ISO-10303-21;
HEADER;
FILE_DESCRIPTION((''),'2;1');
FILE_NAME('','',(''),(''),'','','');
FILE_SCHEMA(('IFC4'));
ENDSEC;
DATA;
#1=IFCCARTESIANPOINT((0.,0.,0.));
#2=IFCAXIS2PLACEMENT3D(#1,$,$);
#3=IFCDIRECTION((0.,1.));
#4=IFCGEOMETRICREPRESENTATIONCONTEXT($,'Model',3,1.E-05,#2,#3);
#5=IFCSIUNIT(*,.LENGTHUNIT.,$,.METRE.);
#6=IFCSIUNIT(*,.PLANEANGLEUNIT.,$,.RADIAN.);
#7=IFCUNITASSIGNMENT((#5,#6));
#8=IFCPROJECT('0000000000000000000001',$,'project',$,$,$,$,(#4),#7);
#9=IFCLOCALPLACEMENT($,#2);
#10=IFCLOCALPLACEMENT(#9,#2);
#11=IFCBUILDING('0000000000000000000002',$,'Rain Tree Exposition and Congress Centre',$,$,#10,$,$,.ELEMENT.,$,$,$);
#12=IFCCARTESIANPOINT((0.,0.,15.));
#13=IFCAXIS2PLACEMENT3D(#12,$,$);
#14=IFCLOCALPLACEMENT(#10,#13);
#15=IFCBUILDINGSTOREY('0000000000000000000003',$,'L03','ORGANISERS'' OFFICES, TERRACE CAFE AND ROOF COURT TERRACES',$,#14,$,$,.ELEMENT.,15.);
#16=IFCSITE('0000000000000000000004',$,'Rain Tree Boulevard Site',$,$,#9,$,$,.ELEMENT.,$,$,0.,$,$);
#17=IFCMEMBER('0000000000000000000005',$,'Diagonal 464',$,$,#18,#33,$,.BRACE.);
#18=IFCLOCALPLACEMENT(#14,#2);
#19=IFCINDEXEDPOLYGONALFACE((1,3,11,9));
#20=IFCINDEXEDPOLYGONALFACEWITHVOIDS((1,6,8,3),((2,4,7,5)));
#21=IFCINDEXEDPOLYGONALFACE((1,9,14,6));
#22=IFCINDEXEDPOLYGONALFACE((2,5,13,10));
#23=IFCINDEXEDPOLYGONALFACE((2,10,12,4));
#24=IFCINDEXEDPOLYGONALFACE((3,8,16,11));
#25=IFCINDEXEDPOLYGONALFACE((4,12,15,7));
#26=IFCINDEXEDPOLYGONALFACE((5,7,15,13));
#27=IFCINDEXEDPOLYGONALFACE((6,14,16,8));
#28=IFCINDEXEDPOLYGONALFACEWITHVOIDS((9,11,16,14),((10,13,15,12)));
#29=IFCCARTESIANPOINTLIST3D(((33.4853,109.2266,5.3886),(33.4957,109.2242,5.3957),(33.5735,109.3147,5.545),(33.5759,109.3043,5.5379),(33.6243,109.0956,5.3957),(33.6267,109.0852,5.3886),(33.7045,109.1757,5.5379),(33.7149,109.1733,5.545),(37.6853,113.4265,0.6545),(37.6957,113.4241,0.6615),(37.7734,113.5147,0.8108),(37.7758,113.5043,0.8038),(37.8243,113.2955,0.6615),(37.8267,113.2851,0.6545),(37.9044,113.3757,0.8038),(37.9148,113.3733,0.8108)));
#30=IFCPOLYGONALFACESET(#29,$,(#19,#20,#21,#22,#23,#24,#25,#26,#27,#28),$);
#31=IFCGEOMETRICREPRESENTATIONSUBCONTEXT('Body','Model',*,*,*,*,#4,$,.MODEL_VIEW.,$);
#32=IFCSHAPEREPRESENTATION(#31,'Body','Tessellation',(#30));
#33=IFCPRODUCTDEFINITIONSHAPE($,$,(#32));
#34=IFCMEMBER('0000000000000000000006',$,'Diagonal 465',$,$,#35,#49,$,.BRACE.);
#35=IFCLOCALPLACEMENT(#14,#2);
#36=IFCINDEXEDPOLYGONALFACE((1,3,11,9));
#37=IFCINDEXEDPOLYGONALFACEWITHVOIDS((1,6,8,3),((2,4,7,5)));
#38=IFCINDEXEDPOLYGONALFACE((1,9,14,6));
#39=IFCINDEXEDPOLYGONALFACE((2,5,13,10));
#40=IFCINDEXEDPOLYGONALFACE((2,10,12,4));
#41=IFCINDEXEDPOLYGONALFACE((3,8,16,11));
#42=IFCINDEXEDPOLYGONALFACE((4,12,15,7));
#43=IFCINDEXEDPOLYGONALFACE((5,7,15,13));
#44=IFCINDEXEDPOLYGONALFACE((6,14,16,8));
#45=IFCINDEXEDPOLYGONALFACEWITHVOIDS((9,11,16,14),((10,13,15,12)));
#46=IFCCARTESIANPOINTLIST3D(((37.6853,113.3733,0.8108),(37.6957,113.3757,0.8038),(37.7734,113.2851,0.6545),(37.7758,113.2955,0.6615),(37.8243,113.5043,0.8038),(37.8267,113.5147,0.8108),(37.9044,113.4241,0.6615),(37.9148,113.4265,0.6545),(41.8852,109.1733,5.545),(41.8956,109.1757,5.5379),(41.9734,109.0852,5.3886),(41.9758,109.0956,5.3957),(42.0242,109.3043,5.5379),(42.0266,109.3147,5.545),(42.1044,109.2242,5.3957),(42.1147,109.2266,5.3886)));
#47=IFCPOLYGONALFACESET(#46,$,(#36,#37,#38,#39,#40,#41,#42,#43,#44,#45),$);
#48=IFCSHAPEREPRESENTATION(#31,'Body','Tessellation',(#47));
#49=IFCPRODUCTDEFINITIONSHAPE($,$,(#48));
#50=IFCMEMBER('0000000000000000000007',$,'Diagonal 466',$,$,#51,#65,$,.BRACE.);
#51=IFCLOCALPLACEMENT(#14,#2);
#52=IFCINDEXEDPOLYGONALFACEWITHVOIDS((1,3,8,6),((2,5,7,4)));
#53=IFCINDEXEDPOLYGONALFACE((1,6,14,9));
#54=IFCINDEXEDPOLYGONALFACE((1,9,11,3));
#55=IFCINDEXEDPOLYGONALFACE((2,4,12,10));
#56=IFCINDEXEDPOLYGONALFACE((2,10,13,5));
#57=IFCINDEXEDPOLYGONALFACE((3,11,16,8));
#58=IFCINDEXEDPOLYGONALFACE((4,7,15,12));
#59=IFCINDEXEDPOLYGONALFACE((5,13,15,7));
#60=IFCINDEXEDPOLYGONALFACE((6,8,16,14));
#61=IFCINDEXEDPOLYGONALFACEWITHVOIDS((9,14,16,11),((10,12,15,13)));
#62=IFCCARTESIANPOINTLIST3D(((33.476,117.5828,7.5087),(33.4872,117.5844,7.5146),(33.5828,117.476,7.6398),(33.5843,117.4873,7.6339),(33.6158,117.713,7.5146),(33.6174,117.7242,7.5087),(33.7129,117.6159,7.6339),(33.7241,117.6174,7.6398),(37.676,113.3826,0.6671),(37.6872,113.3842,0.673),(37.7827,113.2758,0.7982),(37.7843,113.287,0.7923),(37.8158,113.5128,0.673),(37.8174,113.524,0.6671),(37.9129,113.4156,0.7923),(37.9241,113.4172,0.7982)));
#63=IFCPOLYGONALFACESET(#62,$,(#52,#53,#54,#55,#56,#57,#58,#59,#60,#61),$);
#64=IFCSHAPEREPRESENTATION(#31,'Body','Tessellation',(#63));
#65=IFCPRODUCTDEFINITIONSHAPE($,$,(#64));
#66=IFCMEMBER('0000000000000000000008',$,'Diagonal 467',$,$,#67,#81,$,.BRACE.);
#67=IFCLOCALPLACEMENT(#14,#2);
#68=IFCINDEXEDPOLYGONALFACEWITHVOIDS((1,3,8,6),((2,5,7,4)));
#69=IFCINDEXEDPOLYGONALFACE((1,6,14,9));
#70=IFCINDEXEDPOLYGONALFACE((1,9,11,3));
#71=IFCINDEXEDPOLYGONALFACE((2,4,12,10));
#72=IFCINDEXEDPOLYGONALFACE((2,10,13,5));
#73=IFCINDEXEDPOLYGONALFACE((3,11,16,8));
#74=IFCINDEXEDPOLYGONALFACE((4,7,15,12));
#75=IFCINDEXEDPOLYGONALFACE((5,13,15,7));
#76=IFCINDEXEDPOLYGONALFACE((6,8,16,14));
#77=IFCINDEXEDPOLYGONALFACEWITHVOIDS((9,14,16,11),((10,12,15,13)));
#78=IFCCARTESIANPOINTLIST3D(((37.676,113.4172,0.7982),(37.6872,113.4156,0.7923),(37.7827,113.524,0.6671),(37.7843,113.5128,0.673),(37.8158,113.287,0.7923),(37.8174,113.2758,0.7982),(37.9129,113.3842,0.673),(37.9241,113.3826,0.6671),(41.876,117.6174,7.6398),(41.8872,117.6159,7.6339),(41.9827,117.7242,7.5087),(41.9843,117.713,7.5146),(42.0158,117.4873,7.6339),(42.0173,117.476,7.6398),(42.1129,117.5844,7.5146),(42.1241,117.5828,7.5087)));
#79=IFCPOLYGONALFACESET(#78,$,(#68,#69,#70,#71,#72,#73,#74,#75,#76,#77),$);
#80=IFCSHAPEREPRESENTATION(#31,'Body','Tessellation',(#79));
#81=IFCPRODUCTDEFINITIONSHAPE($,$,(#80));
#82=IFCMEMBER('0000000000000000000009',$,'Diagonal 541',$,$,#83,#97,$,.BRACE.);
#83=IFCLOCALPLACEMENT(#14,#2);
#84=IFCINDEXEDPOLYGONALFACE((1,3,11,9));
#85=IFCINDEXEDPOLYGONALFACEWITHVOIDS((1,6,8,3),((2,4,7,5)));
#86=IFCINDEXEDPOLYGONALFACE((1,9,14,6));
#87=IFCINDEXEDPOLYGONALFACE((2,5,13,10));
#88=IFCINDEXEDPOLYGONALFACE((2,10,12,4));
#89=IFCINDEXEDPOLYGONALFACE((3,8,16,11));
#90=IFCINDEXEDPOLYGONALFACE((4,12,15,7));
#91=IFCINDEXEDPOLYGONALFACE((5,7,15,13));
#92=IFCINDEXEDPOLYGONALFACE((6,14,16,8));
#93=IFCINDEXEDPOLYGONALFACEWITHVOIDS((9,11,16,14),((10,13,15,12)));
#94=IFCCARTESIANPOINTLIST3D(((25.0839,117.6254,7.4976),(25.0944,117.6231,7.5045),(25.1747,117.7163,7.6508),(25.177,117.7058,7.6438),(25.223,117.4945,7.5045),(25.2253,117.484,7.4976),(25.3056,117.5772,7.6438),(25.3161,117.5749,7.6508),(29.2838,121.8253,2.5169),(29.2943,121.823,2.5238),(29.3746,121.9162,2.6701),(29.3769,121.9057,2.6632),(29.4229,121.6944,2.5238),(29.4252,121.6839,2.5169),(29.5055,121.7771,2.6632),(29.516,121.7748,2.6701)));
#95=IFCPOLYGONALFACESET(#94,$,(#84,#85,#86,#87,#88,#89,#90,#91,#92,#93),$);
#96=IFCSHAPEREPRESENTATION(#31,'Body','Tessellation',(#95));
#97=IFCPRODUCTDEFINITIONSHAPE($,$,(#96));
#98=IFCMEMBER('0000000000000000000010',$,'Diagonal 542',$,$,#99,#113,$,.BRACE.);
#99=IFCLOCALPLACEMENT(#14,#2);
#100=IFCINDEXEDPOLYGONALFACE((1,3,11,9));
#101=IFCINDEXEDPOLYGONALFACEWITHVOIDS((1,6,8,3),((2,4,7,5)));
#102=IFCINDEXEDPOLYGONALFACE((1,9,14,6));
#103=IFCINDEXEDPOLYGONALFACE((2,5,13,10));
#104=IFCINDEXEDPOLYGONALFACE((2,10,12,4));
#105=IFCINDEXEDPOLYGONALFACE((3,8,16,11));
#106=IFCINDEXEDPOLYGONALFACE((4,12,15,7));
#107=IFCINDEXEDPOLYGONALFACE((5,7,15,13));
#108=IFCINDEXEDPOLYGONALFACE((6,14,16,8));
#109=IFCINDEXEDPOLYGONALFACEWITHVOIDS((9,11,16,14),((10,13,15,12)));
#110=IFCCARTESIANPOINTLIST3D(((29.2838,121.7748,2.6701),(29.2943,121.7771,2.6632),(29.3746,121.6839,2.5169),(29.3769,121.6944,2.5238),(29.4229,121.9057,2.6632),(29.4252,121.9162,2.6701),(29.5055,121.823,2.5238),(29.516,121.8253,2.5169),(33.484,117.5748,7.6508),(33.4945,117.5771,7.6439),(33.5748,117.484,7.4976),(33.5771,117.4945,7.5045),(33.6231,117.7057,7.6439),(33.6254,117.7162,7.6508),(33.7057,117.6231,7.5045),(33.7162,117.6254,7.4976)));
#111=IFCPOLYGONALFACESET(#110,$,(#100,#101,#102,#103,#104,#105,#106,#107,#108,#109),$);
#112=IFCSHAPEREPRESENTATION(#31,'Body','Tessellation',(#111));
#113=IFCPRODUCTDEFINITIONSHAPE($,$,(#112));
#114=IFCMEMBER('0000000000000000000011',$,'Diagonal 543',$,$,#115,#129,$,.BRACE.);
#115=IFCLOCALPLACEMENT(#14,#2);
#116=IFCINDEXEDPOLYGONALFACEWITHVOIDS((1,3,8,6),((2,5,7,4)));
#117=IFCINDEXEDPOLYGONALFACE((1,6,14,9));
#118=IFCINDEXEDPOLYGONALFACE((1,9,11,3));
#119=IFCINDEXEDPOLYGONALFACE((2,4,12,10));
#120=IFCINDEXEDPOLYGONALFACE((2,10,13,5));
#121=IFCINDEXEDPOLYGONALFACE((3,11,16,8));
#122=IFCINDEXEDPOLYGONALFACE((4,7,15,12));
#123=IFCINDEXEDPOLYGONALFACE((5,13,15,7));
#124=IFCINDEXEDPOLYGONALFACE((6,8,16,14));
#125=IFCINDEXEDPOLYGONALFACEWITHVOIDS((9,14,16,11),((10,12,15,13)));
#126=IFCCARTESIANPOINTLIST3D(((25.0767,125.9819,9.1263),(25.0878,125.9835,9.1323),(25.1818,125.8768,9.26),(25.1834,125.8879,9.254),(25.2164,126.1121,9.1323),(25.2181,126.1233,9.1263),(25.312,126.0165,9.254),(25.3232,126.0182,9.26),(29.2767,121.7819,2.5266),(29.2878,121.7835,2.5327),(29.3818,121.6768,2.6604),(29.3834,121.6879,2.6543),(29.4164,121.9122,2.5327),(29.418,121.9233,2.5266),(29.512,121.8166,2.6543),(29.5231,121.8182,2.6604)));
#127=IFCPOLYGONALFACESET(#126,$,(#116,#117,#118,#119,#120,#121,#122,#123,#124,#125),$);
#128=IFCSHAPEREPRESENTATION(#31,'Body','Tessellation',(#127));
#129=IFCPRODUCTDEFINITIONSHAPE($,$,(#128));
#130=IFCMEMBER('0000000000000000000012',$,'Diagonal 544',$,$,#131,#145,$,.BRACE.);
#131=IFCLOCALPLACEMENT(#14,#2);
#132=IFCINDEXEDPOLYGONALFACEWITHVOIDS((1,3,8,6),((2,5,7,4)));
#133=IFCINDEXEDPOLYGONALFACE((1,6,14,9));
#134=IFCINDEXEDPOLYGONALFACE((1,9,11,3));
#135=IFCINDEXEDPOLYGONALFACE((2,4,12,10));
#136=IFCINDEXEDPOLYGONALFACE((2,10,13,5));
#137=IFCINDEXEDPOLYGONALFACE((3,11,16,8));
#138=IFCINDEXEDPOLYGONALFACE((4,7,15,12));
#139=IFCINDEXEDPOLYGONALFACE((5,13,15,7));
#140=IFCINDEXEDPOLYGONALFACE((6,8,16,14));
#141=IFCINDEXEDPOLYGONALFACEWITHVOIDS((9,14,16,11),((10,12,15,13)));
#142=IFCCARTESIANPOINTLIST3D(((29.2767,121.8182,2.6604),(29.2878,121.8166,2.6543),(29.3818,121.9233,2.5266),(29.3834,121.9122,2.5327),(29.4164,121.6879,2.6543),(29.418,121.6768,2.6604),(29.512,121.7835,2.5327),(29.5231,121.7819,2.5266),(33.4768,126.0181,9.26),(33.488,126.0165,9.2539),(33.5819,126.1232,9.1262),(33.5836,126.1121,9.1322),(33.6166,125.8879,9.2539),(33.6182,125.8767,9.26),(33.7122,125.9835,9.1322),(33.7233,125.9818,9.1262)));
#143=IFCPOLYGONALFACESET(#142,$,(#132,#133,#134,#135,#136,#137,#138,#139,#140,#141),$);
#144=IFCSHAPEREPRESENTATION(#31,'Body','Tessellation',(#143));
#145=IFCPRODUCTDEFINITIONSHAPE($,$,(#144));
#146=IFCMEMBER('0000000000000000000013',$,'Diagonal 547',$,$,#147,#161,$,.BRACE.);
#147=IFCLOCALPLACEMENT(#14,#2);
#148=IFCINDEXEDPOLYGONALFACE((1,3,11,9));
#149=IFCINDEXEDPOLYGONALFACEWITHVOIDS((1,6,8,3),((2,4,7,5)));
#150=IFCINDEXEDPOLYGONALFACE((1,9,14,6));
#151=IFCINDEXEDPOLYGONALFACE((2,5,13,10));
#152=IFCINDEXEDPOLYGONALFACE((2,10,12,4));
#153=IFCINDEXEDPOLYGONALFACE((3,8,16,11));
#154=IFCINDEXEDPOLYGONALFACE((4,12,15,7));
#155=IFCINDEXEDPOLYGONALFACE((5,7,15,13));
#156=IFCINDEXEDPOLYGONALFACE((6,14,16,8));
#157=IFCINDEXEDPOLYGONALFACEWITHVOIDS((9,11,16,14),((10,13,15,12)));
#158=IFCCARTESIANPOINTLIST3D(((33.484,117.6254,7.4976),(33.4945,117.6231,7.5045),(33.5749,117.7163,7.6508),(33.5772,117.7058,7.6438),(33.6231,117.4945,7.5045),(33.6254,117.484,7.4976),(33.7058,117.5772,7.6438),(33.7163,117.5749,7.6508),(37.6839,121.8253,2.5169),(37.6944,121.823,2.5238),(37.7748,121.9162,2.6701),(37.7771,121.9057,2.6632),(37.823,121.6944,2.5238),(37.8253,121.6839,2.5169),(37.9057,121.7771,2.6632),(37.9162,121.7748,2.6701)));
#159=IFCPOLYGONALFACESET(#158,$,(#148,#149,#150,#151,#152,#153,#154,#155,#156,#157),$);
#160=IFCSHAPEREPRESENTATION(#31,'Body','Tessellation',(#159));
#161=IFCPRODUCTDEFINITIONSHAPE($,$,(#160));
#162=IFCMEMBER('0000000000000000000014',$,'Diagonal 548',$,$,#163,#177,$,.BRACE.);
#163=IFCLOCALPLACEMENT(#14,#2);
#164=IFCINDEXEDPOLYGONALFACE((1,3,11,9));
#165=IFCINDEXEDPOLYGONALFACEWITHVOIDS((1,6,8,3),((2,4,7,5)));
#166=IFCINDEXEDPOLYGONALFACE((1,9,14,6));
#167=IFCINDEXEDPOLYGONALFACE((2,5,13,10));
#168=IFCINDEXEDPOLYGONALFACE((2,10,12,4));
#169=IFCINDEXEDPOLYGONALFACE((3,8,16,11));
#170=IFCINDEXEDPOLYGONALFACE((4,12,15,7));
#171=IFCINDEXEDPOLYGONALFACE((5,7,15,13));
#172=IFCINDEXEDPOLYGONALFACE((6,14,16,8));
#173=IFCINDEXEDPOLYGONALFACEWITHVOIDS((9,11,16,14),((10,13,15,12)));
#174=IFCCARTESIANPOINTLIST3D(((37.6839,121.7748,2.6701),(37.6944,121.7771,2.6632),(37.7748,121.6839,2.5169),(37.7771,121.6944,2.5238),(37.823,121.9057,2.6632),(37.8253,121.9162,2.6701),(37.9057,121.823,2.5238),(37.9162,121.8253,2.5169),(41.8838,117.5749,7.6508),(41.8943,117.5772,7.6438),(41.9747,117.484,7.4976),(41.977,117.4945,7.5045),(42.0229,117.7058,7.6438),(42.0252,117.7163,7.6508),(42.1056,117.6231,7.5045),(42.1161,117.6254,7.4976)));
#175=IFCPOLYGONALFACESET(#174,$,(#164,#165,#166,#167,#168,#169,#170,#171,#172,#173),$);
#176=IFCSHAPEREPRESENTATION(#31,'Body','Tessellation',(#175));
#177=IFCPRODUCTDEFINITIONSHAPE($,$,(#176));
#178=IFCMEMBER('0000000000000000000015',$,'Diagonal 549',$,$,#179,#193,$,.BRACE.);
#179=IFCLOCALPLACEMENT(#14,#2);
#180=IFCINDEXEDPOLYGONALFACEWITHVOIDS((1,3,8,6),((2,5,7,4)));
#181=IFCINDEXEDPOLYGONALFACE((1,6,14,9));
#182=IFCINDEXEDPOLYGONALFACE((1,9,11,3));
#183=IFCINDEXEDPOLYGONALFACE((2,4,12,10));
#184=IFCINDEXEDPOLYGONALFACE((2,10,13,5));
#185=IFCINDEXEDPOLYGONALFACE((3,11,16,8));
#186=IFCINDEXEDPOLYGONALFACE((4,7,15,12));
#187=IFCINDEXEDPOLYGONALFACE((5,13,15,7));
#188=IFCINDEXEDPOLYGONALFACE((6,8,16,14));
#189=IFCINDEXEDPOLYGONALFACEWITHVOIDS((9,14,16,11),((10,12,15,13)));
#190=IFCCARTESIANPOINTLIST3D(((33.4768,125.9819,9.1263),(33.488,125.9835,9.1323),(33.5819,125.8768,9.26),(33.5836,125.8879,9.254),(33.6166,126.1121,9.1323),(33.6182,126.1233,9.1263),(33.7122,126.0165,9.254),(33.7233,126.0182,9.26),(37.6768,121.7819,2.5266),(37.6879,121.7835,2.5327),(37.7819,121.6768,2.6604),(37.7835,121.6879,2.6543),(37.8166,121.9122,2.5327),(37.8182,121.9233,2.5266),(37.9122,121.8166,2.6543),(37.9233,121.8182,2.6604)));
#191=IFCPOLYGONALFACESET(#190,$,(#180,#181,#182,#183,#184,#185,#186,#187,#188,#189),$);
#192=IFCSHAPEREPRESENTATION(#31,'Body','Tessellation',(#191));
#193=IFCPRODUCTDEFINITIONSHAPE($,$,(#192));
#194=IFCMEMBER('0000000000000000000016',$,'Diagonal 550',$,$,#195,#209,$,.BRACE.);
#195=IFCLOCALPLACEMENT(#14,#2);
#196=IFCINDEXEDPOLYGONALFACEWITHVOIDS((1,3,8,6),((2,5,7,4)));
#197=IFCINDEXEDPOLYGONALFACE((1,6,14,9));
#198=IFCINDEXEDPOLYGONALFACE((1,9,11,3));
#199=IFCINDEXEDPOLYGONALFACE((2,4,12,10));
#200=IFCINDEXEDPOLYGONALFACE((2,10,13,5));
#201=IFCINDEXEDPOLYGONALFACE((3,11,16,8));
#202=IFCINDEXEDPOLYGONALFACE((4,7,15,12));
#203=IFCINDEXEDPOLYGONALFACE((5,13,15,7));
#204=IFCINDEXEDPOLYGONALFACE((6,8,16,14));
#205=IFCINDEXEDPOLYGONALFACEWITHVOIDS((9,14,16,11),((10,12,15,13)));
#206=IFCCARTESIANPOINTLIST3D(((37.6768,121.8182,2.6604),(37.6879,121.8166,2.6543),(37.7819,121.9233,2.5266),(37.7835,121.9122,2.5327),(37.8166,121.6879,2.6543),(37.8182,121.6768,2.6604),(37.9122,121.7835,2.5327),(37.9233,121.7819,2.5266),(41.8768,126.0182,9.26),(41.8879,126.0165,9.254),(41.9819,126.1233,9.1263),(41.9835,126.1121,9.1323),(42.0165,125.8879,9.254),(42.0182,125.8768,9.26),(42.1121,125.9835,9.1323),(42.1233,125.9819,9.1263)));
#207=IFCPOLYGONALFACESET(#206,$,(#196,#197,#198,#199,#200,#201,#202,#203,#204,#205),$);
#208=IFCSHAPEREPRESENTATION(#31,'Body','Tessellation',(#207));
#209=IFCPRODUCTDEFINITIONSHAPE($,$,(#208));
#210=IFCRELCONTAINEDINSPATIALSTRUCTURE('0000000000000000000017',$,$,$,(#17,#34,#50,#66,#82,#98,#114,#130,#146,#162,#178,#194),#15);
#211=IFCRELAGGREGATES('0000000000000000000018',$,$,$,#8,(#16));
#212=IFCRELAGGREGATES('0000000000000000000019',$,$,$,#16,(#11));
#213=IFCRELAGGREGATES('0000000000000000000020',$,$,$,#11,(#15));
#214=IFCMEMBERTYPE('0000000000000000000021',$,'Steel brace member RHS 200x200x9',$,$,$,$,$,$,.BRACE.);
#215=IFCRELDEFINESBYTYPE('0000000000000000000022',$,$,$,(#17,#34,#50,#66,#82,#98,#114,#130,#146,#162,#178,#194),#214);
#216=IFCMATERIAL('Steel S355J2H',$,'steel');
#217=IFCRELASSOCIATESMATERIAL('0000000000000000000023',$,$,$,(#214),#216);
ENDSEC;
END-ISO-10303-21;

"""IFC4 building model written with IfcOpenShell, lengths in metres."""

from ifc_helpers import new_model, si_unit, direction, frame, origin, origin_2d, place, context, subcontext, project, spatial, hollow_rectangle, extrude, material, material_profile, profile_set, type_object, element, save


model = new_model("IFC4")

# Units and contexts
model_context = context("Model", 3, precision=1e-05, world=origin(), true_north=direction((0.0, 1.0)))
body_context = subcontext(model_context, "Body", "Model", "MODEL_VIEW")
ifc_project = project(units=[si_unit("LENGTHUNIT", "METRE"), si_unit("PLANEANGLEUNIT", "RADIAN")], contexts=[model_context])

# Site, building, storey
site_placement = place(None, origin())
site = spatial("IfcSite", under=ifc_project, at=site_placement, Name="Rain Tree Boulevard Site", CompositionType="ELEMENT", RefElevation=0.0)
building_placement = place(site_placement, origin())
building = spatial("IfcBuilding", under=site, at=building_placement, Name="Rain Tree Exposition and Congress Centre", CompositionType="ELEMENT")
storey_placement = place(building_placement, frame((0.0, 0.0, 15.0)))
storey = spatial("IfcBuildingStorey", under=building, at=storey_placement, Name="L03", Description="ORGANISERS' OFFICES, TERRACE CAFE AND ROOF COURT TERRACES", CompositionType="ELEMENT", Elevation=15.0)

# Members
ifc_material_1 = material(Name="Steel S355J2H", Category="steel")
ifc_material_profile_1 = material_profile(ifc_material_1, hollow_rectangle(XDim=0.2, YDim=0.2, WallThickness=0.009, at=origin_2d()), Name="RHS 200x200x9")
ifc_profile_set_1 = profile_set([ifc_material_profile_1], Name="Steel S355J2H")
member_type_1 = type_object("IfcMemberType", Name="Steel brace member RHS 200x200x9", PredefinedType="BRACE", material=ifc_profile_set_1)
for number, where, z_axis, x_axis, name in (
    (1, (37.8, 113.3999, 0.7327), (-0.552955, -0.552955, 0.623283), (0.707107, -0.707107, 0.0), "Diagonal 464"),
    (2, (37.8, 113.3999, 0.7327), (0.552955, -0.552955, 0.623283), (0.707107, 0.707107, 0.0), "Diagonal 465"),
):
    element("IfcMember", number, at=place(storey_placement, frame(where, z_axis=z_axis, x_axis=x_axis)), inside=storey, type_object=member_type_1, Name=name, PredefinedType="BRACE", context=body_context, shape_type="SweptSolid", body=[
        extrude(hollow_rectangle(XDim=0.2, YDim=0.2, WallThickness=0.009, at=origin_2d()), origin(), (0.0, 0.0, 1.0), 7.5955),
    ])
for number, where, z_axis, x_axis, name in (
    (3, (37.8, 113.3999, 0.7327), (-0.463558, 0.463585, 0.755118), (-0.707127, -0.707086, 0.0), "Diagonal 466"),
    (4, (37.8, 113.3999, 0.7327), (0.463558, 0.463585, 0.755118), (-0.707127, 0.707086, 0.0), "Diagonal 467"),
):
    element("IfcMember", number, at=place(storey_placement, frame(where, z_axis=z_axis, x_axis=x_axis)), inside=storey, type_object=member_type_1, Name=name, PredefinedType="BRACE", context=body_context, shape_type="SweptSolid", body=[
        extrude(hollow_rectangle(XDim=0.2, YDim=0.2, WallThickness=0.009, at=origin_2d()), origin(), (0.0, 0.0, 1.0), 9.0603),
    ])
member_1_placement = place(storey_placement, frame((29.3999, 121.8, 2.5935), z_axis=(-0.54182, -0.54182, 0.642543), x_axis=(0.707107, -0.707107, 0.0)))
element("IfcMember", 5, at=member_1_placement, inside=storey, type_object=member_type_1, Name="Diagonal 541", PredefinedType="BRACE", context=body_context, shape_type="SweptSolid", body=[
    extrude(hollow_rectangle(XDim=0.2, YDim=0.2, WallThickness=0.009, at=origin_2d()), origin(), (0.0, 0.0, 1.0), 7.7515),
])
member_2_placement = place(storey_placement, frame((29.3999, 121.8, 2.5935), z_axis=(0.541842, -0.541811, 0.642532), x_axis=(0.707086, 0.707127, 0.0)))
element("IfcMember", 6, at=member_2_placement, inside=storey, type_object=member_type_1, Name="Diagonal 542", PredefinedType="BRACE", context=body_context, shape_type="SweptSolid", body=[
    extrude(hollow_rectangle(XDim=0.2, YDim=0.2, WallThickness=0.009, at=origin_2d()), origin(), (0.0, 0.0, 1.0), 7.7517),
])
for number, where, z_axis, x_axis, name in (
    (7, (29.3999, 121.8, 2.5935), (-0.473029, 0.473029, 0.743295), (-0.707107, -0.707107, 0.0), "Diagonal 543"),
    (8, (29.3999, 121.8, 2.5935), (0.47305, 0.473022, 0.743286), (-0.707086, 0.707127, 0.0), "Diagonal 544"),
):
    element("IfcMember", number, at=place(storey_placement, frame(where, z_axis=z_axis, x_axis=x_axis)), inside=storey, type_object=member_type_1, Name=name, PredefinedType="BRACE", context=body_context, shape_type="SweptSolid", body=[
        extrude(hollow_rectangle(XDim=0.2, YDim=0.2, WallThickness=0.009, at=origin_2d()), origin(), (0.0, 0.0, 1.0), 8.8789),
    ])
for number, where, z_axis, x_axis, name in (
    (9, (37.8, 121.8, 2.5935), (-0.54182, -0.54182, 0.642543), (0.707107, -0.707107, 0.0), "Diagonal 547"),
    (10, (37.8, 121.8, 2.5935), (0.54182, -0.54182, 0.642543), (0.707107, 0.707107, 0.0), "Diagonal 548"),
):
    element("IfcMember", number, at=place(storey_placement, frame(where, z_axis=z_axis, x_axis=x_axis)), inside=storey, type_object=member_type_1, Name=name, PredefinedType="BRACE", context=body_context, shape_type="SweptSolid", body=[
        extrude(hollow_rectangle(XDim=0.2, YDim=0.2, WallThickness=0.009, at=origin_2d()), origin(), (0.0, 0.0, 1.0), 7.7515),
    ])
for number, where, z_axis, x_axis, name in (
    (11, (37.8, 121.8, 2.5935), (-0.473029, 0.473029, 0.743295), (-0.707107, -0.707107, 0.0), "Diagonal 549"),
    (12, (37.8, 121.8, 2.5935), (0.473029, 0.473029, 0.743295), (-0.707107, 0.707107, 0.0), "Diagonal 550"),
):
    element("IfcMember", number, at=place(storey_placement, frame(where, z_axis=z_axis, x_axis=x_axis)), inside=storey, type_object=member_type_1, Name=name, PredefinedType="BRACE", context=body_context, shape_type="SweptSolid", body=[
        extrude(hollow_rectangle(XDim=0.2, YDim=0.2, WallThickness=0.009, at=origin_2d()), origin(), (0.0, 0.0, 1.0), 8.8789),
    ])

save(model, "model.ifc")
